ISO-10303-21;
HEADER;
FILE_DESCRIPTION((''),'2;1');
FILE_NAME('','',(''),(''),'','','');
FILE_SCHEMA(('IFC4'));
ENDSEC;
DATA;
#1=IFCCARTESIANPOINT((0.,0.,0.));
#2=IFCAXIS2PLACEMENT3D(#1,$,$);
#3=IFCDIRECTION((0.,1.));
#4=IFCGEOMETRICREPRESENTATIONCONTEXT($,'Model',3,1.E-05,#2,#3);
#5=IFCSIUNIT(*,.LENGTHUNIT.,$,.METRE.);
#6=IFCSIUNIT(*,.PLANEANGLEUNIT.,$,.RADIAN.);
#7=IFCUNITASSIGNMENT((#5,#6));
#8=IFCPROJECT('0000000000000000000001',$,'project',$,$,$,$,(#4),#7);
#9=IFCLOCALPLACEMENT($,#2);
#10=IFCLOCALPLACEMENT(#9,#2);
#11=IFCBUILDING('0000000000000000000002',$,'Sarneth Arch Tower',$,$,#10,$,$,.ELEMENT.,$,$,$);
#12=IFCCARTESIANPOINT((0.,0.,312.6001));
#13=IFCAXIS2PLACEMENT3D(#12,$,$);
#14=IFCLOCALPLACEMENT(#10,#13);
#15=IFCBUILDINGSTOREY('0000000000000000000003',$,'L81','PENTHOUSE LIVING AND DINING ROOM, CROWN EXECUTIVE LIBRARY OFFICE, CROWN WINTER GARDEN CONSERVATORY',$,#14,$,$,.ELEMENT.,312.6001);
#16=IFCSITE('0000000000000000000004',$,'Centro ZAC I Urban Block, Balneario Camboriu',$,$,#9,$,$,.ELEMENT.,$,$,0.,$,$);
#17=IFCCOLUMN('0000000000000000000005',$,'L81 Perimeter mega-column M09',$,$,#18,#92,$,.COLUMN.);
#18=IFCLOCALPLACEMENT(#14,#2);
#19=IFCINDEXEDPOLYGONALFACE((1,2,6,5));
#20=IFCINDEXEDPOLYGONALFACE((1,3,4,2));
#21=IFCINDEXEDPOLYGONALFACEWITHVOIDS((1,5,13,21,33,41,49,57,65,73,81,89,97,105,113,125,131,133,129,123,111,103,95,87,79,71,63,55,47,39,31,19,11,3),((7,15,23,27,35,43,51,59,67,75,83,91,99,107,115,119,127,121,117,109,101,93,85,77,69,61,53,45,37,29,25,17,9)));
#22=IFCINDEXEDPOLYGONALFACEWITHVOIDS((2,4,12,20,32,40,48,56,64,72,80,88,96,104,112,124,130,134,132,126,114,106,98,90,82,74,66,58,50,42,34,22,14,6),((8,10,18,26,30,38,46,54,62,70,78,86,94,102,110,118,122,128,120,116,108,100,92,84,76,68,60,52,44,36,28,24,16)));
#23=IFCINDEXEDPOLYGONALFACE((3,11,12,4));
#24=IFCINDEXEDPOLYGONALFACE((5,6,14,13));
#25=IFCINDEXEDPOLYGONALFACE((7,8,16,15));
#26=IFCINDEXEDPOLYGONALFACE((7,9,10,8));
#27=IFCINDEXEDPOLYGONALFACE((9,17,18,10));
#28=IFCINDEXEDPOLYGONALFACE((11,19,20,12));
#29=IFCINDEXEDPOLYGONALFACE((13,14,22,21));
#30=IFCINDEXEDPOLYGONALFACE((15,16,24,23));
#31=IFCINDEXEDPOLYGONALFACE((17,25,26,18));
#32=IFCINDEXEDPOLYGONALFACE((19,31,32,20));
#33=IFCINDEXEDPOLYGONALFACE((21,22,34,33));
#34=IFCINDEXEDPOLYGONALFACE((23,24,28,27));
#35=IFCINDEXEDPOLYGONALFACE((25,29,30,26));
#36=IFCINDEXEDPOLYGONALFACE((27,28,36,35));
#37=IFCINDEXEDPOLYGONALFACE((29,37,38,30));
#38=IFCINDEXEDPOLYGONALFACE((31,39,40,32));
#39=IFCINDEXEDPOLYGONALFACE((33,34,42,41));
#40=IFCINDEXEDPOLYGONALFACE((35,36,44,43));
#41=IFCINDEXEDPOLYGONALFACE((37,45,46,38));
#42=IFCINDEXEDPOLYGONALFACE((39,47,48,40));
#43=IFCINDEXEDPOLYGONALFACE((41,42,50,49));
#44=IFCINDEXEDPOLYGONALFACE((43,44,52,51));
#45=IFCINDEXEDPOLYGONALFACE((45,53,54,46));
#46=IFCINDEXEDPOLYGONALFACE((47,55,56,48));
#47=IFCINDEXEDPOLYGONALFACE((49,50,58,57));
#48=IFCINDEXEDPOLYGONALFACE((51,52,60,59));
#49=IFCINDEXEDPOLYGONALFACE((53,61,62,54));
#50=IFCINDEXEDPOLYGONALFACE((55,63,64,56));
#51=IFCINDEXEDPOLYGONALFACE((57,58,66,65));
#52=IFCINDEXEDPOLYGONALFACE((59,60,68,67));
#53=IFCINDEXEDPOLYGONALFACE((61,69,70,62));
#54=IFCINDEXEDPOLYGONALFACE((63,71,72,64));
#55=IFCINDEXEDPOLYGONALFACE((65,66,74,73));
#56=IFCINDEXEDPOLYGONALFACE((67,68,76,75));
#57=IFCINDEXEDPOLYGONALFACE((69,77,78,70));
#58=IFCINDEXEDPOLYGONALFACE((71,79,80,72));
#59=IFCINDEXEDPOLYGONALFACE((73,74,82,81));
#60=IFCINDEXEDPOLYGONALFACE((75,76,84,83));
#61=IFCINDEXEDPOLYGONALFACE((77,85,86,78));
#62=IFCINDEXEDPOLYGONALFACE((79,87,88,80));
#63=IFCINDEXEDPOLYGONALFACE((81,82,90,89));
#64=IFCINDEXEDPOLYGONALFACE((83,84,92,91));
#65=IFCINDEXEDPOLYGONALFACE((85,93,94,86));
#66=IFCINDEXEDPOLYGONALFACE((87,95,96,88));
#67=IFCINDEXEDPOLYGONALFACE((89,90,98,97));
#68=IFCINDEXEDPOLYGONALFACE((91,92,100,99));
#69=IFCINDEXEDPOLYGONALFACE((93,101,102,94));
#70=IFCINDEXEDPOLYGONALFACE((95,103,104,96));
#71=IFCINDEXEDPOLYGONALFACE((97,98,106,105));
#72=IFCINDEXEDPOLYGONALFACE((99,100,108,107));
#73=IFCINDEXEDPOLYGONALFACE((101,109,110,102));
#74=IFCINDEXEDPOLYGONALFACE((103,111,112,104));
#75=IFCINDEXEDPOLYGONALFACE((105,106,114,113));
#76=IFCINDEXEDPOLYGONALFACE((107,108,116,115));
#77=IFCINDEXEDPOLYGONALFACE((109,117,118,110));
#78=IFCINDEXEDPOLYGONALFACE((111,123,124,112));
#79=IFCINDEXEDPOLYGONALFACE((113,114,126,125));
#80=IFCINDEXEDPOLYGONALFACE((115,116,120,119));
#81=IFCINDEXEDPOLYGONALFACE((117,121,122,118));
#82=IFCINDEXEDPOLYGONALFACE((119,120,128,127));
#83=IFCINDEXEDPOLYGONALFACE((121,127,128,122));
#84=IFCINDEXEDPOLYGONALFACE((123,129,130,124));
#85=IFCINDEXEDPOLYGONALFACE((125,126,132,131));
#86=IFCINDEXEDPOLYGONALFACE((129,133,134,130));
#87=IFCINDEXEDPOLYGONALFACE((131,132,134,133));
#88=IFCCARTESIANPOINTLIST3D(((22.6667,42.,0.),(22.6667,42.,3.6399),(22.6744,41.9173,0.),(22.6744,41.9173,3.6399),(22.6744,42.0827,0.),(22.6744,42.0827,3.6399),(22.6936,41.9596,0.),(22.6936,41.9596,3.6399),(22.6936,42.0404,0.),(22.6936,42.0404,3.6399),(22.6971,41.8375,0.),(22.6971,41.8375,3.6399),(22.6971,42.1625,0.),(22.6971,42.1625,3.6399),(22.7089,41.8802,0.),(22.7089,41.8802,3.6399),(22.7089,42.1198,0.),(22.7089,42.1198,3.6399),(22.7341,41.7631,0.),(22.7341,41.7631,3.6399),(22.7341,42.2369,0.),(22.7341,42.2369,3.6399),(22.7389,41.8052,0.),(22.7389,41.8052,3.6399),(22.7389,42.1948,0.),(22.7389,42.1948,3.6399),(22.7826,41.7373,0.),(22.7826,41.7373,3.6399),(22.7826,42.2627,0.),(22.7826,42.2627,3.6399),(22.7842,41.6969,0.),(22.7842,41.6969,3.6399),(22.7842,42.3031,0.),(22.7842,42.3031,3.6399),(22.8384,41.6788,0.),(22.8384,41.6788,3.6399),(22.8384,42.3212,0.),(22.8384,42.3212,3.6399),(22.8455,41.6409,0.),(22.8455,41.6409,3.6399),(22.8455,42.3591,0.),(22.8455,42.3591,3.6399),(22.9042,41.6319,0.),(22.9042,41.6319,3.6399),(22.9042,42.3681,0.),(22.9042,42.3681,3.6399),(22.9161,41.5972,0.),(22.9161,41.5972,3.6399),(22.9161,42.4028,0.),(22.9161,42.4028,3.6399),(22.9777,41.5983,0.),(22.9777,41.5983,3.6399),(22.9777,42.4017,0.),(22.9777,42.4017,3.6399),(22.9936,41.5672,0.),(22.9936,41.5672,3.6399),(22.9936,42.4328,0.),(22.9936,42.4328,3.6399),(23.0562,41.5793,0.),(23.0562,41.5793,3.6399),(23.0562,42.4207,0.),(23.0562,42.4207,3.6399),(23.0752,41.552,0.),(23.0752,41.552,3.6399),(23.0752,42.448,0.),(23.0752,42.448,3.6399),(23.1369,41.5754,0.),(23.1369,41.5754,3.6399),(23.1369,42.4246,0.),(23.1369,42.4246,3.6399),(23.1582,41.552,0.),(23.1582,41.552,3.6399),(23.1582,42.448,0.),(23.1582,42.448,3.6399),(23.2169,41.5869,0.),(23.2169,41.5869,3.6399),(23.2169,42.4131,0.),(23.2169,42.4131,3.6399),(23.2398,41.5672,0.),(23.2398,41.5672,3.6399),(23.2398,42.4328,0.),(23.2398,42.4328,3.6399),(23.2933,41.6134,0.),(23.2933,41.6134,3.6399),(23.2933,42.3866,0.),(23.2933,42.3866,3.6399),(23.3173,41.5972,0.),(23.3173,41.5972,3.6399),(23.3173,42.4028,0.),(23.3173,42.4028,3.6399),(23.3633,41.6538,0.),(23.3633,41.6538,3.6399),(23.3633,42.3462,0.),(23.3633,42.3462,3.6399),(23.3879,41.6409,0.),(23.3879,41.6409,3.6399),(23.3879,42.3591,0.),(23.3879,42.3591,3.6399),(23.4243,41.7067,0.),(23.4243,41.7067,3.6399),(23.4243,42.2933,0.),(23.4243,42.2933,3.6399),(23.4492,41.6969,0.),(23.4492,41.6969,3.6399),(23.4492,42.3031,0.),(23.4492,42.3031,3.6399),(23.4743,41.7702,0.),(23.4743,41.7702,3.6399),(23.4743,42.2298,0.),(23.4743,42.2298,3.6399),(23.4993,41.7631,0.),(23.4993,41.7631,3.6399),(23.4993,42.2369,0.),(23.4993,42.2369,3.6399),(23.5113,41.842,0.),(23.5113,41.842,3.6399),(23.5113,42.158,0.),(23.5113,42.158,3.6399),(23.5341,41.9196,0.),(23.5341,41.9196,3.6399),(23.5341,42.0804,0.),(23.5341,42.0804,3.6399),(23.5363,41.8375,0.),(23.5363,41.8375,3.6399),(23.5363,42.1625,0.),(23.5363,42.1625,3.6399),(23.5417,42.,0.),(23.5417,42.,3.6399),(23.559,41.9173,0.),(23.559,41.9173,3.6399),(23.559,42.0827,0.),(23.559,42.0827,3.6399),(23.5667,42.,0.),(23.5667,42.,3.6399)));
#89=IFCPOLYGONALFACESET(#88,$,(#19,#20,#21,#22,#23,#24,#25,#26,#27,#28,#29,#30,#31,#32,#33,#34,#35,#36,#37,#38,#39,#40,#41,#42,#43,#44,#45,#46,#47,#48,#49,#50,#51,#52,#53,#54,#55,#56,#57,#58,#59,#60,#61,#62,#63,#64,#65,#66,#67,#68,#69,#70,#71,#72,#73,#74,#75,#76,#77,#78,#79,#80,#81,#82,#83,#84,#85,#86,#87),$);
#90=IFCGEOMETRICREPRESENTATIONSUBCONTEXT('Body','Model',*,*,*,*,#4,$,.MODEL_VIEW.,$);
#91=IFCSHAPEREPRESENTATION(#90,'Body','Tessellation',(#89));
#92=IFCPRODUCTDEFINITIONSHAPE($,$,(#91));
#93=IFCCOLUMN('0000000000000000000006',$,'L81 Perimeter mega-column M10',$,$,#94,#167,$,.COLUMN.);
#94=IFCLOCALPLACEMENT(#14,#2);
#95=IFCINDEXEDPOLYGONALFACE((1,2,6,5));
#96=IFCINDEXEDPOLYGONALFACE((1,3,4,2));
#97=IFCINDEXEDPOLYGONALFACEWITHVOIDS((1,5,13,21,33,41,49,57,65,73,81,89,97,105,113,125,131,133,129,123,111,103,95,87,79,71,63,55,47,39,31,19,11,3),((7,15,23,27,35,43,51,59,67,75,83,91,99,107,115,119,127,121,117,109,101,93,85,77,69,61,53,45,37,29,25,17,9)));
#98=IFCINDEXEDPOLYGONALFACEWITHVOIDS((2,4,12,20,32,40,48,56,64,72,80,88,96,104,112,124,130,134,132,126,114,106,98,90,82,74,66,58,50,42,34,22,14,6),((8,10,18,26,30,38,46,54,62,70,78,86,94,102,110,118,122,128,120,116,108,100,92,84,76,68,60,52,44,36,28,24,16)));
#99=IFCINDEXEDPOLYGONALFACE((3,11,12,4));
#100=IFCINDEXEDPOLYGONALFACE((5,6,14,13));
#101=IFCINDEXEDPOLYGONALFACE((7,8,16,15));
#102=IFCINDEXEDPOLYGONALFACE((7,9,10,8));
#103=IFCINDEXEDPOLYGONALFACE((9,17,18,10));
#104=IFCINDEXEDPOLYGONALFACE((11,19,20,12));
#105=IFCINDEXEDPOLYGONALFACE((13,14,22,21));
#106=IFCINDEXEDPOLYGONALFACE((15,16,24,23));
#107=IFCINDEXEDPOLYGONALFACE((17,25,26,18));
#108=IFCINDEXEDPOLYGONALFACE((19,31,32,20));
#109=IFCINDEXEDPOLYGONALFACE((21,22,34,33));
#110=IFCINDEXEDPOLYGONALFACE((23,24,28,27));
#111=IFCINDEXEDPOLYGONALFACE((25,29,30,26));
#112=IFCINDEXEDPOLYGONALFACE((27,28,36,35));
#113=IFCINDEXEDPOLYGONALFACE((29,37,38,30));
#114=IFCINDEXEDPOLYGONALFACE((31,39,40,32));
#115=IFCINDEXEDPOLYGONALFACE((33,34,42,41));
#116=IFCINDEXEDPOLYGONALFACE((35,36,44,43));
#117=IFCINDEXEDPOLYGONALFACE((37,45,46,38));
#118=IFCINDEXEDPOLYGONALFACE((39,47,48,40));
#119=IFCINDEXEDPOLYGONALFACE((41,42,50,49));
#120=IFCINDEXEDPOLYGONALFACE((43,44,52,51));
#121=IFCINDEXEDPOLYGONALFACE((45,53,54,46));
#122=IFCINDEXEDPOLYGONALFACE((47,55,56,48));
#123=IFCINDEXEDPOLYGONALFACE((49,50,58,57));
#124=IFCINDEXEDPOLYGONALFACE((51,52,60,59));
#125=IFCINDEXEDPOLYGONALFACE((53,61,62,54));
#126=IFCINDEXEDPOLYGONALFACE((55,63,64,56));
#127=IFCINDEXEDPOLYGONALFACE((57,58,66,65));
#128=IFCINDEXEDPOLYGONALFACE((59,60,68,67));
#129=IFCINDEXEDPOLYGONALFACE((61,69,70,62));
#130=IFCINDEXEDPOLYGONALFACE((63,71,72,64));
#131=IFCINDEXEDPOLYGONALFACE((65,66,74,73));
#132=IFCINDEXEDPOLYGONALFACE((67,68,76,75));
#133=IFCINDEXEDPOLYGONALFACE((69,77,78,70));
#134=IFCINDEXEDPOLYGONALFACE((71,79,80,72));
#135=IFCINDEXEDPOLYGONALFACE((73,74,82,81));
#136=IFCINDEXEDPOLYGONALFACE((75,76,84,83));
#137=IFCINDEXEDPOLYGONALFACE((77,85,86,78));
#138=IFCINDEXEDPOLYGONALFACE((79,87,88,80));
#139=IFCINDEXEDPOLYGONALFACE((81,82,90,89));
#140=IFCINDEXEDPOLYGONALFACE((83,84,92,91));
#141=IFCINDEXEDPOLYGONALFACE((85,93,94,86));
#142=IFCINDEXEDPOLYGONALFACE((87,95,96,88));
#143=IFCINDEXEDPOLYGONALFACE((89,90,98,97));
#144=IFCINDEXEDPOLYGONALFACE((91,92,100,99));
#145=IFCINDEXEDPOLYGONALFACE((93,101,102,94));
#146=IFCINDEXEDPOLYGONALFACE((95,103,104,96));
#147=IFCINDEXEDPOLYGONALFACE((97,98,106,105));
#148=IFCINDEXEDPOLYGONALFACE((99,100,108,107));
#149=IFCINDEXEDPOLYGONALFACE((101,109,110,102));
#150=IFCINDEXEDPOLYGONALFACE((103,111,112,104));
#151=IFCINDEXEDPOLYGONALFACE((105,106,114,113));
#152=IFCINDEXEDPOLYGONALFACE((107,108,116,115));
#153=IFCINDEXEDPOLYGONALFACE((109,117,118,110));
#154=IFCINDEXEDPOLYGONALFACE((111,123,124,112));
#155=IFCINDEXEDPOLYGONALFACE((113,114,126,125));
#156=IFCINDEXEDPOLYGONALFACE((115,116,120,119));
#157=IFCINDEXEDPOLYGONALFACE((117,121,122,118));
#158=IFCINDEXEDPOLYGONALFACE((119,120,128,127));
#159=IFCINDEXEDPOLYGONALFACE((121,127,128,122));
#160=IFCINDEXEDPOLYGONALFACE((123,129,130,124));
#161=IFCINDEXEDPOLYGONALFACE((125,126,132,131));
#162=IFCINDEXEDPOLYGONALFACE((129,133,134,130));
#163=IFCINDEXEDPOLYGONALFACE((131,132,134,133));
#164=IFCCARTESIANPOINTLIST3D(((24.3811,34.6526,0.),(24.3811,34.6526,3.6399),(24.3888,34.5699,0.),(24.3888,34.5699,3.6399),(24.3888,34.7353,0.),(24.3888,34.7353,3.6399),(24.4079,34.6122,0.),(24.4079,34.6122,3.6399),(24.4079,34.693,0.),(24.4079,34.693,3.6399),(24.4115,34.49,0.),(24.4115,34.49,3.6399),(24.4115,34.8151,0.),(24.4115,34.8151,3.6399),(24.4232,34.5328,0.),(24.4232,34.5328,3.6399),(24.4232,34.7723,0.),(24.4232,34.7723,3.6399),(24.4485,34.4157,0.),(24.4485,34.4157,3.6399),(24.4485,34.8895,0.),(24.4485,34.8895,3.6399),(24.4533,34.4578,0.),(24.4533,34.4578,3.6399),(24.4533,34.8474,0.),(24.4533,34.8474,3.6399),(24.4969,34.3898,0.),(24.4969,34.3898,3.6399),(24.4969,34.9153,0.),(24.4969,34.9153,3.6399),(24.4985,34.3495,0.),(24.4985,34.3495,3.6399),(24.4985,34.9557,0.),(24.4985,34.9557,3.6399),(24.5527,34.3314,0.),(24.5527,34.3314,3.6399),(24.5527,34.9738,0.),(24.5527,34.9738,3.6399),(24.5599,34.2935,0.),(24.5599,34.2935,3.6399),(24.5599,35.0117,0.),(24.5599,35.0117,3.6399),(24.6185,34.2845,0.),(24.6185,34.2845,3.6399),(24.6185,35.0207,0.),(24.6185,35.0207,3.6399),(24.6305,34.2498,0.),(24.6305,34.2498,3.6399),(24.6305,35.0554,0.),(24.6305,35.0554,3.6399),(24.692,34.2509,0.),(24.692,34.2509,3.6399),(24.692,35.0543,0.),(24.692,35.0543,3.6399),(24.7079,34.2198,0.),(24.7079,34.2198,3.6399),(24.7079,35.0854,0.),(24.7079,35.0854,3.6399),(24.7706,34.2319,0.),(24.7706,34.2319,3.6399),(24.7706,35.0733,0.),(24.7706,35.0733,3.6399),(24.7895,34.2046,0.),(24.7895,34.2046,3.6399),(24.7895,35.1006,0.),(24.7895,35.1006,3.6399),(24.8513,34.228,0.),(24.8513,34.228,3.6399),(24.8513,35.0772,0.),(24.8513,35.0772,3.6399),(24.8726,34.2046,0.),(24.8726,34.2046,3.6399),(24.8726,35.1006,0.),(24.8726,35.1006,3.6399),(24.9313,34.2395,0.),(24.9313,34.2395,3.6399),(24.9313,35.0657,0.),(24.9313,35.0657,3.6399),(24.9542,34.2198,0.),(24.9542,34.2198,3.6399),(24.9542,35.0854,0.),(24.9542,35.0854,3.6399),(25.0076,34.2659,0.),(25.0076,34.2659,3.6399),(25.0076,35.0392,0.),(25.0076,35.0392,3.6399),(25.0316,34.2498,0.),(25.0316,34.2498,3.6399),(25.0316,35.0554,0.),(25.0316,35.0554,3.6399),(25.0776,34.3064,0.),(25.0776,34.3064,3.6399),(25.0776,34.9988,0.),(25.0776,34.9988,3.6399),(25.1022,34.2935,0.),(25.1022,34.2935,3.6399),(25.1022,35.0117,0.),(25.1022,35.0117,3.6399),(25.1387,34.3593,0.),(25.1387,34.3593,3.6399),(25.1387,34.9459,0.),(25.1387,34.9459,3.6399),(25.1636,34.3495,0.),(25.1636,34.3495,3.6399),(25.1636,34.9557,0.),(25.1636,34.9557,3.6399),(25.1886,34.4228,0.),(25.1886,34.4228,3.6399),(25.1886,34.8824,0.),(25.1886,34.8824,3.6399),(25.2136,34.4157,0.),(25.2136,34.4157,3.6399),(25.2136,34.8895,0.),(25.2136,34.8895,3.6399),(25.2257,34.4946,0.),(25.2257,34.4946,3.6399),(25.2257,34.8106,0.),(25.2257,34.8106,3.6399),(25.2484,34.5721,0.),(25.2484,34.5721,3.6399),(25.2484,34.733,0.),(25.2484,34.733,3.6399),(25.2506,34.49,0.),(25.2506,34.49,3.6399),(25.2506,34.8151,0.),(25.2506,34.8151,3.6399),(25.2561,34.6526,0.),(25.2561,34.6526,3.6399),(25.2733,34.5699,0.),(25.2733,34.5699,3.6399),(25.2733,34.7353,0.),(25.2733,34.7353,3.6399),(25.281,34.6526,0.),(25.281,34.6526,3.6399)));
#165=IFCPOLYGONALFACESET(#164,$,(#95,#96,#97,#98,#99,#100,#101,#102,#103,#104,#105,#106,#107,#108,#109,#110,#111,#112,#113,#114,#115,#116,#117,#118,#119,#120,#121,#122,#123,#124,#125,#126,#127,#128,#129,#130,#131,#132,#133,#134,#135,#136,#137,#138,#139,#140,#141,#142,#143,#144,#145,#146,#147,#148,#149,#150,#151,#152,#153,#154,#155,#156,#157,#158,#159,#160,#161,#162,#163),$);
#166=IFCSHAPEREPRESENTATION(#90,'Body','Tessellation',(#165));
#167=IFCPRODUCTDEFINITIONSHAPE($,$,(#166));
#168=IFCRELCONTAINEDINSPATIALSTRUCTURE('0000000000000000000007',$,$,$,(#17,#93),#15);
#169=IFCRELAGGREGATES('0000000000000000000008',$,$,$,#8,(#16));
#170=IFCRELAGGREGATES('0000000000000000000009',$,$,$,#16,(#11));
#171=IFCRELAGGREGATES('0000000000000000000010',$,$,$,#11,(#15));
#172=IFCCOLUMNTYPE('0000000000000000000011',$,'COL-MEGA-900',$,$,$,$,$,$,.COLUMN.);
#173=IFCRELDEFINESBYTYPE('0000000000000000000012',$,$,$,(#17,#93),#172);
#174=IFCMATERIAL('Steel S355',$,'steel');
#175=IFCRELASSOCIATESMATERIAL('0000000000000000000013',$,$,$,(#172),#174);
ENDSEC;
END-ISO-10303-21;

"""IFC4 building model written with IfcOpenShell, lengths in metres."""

from ifc_helpers import new_model, si_unit, direction, frame, origin, origin_2d, place, context, subcontext, project, spatial, hollow_circle, extrude, material, material_profile, profile_set, type_object, element, save


model = new_model("IFC4")

# Units and contexts
model_context = context("Model", 3, precision=1e-05, world=origin(), true_north=direction((0.0, 1.0)))
body_context = subcontext(model_context, "Body", "Model", "MODEL_VIEW")
ifc_project = project(units=[si_unit("LENGTHUNIT", "METRE"), si_unit("PLANEANGLEUNIT", "RADIAN")], contexts=[model_context])

# Site, building, storey
site_placement = place(None, origin())
site = spatial("IfcSite", under=ifc_project, at=site_placement, Name="Centro ZAC I Urban Block, Balneario Camboriu", CompositionType="ELEMENT", RefElevation=0.0)
building_placement = place(site_placement, origin())
building = spatial("IfcBuilding", under=site, at=building_placement, Name="Sarneth Arch Tower", CompositionType="ELEMENT")
storey_placement = place(building_placement, frame((0.0, 0.0, 312.6001)))
storey = spatial("IfcBuildingStorey", under=building, at=storey_placement, Name="L81", Description="PENTHOUSE LIVING AND DINING ROOM, CROWN EXECUTIVE LIBRARY OFFICE, CROWN WINTER GARDEN CONSERVATORY", CompositionType="ELEMENT", Elevation=312.6001)

# Columns
ifc_material_1 = material(Name="Steel S355", Category="steel")
ifc_material_profile_1 = material_profile(ifc_material_1, hollow_circle(Radius=0.45, WallThickness=0.0249, at=origin_2d()), Name="CHS900x25")
ifc_profile_set_1 = profile_set([ifc_material_profile_1], Name="Steel S355")
column_type = type_object("IfcColumnType", Name="COL-MEGA-900", PredefinedType="COLUMN", material=ifc_profile_set_1)
for number, where, z_axis, x_axis, name in (
    (1, (23.1167, 42.0, 0.0), (0.0, 0.0, 1.0), (1.0, 0.0, 0.0), "L81 Perimeter mega-column M09"),
    (2, (24.8311, 34.6526, 0.0), (0.0, 0.0, 1.0), (1.0, 0.0, 0.0), "L81 Perimeter mega-column M10"),
):
    element("IfcColumn", number, at=place(storey_placement, frame(where, z_axis=z_axis, x_axis=x_axis)), inside=storey, type_object=column_type, Name=name, PredefinedType="COLUMN", context=body_context, shape_type="SweptSolid", body=[
        extrude(hollow_circle(Radius=0.45, WallThickness=0.0249, at=origin_2d()), origin(), (0.0, 0.0, 1.0), 3.6399),
    ])

save(model, "model.ifc")
